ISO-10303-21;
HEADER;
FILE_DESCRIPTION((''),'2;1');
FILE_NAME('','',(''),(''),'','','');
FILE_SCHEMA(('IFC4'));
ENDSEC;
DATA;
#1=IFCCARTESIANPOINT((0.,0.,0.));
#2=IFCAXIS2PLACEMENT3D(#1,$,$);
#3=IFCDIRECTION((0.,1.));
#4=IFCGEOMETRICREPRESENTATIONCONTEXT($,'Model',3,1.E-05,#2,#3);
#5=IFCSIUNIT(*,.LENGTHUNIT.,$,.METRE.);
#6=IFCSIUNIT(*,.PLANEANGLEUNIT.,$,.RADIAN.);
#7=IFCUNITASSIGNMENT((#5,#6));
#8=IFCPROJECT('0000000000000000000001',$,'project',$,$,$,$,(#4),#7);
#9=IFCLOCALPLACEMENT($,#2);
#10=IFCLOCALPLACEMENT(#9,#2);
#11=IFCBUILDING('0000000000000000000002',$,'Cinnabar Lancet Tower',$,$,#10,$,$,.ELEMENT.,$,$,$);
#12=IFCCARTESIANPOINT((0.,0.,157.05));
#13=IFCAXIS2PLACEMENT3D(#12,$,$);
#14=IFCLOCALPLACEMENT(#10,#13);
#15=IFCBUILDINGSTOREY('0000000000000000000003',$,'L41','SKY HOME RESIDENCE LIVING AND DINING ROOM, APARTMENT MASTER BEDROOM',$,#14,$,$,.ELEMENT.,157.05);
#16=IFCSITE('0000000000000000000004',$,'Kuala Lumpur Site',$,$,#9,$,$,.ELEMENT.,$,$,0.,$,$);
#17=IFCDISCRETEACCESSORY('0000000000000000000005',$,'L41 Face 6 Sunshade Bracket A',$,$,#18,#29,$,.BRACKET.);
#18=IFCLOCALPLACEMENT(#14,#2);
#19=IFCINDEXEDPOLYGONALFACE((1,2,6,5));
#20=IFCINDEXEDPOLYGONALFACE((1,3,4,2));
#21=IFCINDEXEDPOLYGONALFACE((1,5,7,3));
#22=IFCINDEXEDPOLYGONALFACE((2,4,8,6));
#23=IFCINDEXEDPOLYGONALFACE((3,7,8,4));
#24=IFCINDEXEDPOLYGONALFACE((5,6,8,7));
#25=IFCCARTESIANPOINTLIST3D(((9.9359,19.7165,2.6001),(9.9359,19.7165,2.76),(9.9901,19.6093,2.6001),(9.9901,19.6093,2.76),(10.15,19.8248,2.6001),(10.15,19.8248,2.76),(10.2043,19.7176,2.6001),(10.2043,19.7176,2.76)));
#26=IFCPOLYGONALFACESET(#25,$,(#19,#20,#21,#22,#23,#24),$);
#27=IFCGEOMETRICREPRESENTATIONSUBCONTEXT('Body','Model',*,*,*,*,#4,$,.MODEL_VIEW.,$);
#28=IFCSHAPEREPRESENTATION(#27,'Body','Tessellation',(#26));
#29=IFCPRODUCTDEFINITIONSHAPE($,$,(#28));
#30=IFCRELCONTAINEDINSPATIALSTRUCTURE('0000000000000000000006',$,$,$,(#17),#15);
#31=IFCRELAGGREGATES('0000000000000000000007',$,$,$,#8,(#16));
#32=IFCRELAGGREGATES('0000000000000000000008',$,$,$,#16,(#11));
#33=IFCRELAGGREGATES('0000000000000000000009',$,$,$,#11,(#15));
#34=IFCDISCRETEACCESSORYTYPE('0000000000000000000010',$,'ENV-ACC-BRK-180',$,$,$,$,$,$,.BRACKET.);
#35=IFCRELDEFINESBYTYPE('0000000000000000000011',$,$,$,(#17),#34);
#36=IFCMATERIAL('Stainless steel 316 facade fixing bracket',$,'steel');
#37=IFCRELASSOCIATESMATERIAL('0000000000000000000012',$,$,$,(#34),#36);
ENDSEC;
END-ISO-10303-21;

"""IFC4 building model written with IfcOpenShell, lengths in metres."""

from ifc_helpers import new_model, si_unit, direction, frame, origin, origin_2d, place, context, subcontext, project, spatial, rectangle, extrude, material, type_object, element, save


model = new_model("IFC4")

# Units and contexts
model_context = context("Model", 3, precision=1e-05, world=origin(), true_north=direction((0.0, 1.0)))
body_context = subcontext(model_context, "Body", "Model", "MODEL_VIEW")
ifc_project = project(units=[si_unit("LENGTHUNIT", "METRE"), si_unit("PLANEANGLEUNIT", "RADIAN")], contexts=[model_context])

# Site, building, storey
site_placement = place(None, origin())
site = spatial("IfcSite", under=ifc_project, at=site_placement, Name="Kuala Lumpur Site", CompositionType="ELEMENT", RefElevation=0.0)
building_placement = place(site_placement, origin())
building = spatial("IfcBuilding", under=site, at=building_placement, Name="Cinnabar Lancet Tower", CompositionType="ELEMENT")
storey_placement = place(building_placement, frame((0.0, 0.0, 157.05)))
storey = spatial("IfcBuildingStorey", under=building, at=storey_placement, Name="L41", Description="SKY HOME RESIDENCE LIVING AND DINING ROOM, APARTMENT MASTER BEDROOM", CompositionType="ELEMENT", Elevation=157.05)

# Discrete accessory
ifc_material_1 = material(Name="Stainless steel 316 facade fixing bracket", Category="steel")
discrete_accessory_type = type_object("IfcDiscreteAccessoryType", Name="ENV-ACC-BRK-180", PredefinedType="BRACKET", material=ifc_material_1)
discrete_accessory_placement = place(storey_placement, frame((10.0701, 19.717, 2.6001), z_axis=(0.0, 0.0, 1.0), x_axis=(0.451454, -0.892294, 0.0)))
element("IfcDiscreteAccessory", 1, at=discrete_accessory_placement, inside=storey, type_object=discrete_accessory_type, Name="L41 Face 6 Sunshade Bracket A", PredefinedType="BRACKET", context=body_context, shape_type="SweptSolid", body=[
    extrude(rectangle(XDim=0.1201, YDim=0.24, at=origin_2d()), origin(), (0.0, 0.0, 1.0), 0.1599),
])

save(model, "model.ifc")
